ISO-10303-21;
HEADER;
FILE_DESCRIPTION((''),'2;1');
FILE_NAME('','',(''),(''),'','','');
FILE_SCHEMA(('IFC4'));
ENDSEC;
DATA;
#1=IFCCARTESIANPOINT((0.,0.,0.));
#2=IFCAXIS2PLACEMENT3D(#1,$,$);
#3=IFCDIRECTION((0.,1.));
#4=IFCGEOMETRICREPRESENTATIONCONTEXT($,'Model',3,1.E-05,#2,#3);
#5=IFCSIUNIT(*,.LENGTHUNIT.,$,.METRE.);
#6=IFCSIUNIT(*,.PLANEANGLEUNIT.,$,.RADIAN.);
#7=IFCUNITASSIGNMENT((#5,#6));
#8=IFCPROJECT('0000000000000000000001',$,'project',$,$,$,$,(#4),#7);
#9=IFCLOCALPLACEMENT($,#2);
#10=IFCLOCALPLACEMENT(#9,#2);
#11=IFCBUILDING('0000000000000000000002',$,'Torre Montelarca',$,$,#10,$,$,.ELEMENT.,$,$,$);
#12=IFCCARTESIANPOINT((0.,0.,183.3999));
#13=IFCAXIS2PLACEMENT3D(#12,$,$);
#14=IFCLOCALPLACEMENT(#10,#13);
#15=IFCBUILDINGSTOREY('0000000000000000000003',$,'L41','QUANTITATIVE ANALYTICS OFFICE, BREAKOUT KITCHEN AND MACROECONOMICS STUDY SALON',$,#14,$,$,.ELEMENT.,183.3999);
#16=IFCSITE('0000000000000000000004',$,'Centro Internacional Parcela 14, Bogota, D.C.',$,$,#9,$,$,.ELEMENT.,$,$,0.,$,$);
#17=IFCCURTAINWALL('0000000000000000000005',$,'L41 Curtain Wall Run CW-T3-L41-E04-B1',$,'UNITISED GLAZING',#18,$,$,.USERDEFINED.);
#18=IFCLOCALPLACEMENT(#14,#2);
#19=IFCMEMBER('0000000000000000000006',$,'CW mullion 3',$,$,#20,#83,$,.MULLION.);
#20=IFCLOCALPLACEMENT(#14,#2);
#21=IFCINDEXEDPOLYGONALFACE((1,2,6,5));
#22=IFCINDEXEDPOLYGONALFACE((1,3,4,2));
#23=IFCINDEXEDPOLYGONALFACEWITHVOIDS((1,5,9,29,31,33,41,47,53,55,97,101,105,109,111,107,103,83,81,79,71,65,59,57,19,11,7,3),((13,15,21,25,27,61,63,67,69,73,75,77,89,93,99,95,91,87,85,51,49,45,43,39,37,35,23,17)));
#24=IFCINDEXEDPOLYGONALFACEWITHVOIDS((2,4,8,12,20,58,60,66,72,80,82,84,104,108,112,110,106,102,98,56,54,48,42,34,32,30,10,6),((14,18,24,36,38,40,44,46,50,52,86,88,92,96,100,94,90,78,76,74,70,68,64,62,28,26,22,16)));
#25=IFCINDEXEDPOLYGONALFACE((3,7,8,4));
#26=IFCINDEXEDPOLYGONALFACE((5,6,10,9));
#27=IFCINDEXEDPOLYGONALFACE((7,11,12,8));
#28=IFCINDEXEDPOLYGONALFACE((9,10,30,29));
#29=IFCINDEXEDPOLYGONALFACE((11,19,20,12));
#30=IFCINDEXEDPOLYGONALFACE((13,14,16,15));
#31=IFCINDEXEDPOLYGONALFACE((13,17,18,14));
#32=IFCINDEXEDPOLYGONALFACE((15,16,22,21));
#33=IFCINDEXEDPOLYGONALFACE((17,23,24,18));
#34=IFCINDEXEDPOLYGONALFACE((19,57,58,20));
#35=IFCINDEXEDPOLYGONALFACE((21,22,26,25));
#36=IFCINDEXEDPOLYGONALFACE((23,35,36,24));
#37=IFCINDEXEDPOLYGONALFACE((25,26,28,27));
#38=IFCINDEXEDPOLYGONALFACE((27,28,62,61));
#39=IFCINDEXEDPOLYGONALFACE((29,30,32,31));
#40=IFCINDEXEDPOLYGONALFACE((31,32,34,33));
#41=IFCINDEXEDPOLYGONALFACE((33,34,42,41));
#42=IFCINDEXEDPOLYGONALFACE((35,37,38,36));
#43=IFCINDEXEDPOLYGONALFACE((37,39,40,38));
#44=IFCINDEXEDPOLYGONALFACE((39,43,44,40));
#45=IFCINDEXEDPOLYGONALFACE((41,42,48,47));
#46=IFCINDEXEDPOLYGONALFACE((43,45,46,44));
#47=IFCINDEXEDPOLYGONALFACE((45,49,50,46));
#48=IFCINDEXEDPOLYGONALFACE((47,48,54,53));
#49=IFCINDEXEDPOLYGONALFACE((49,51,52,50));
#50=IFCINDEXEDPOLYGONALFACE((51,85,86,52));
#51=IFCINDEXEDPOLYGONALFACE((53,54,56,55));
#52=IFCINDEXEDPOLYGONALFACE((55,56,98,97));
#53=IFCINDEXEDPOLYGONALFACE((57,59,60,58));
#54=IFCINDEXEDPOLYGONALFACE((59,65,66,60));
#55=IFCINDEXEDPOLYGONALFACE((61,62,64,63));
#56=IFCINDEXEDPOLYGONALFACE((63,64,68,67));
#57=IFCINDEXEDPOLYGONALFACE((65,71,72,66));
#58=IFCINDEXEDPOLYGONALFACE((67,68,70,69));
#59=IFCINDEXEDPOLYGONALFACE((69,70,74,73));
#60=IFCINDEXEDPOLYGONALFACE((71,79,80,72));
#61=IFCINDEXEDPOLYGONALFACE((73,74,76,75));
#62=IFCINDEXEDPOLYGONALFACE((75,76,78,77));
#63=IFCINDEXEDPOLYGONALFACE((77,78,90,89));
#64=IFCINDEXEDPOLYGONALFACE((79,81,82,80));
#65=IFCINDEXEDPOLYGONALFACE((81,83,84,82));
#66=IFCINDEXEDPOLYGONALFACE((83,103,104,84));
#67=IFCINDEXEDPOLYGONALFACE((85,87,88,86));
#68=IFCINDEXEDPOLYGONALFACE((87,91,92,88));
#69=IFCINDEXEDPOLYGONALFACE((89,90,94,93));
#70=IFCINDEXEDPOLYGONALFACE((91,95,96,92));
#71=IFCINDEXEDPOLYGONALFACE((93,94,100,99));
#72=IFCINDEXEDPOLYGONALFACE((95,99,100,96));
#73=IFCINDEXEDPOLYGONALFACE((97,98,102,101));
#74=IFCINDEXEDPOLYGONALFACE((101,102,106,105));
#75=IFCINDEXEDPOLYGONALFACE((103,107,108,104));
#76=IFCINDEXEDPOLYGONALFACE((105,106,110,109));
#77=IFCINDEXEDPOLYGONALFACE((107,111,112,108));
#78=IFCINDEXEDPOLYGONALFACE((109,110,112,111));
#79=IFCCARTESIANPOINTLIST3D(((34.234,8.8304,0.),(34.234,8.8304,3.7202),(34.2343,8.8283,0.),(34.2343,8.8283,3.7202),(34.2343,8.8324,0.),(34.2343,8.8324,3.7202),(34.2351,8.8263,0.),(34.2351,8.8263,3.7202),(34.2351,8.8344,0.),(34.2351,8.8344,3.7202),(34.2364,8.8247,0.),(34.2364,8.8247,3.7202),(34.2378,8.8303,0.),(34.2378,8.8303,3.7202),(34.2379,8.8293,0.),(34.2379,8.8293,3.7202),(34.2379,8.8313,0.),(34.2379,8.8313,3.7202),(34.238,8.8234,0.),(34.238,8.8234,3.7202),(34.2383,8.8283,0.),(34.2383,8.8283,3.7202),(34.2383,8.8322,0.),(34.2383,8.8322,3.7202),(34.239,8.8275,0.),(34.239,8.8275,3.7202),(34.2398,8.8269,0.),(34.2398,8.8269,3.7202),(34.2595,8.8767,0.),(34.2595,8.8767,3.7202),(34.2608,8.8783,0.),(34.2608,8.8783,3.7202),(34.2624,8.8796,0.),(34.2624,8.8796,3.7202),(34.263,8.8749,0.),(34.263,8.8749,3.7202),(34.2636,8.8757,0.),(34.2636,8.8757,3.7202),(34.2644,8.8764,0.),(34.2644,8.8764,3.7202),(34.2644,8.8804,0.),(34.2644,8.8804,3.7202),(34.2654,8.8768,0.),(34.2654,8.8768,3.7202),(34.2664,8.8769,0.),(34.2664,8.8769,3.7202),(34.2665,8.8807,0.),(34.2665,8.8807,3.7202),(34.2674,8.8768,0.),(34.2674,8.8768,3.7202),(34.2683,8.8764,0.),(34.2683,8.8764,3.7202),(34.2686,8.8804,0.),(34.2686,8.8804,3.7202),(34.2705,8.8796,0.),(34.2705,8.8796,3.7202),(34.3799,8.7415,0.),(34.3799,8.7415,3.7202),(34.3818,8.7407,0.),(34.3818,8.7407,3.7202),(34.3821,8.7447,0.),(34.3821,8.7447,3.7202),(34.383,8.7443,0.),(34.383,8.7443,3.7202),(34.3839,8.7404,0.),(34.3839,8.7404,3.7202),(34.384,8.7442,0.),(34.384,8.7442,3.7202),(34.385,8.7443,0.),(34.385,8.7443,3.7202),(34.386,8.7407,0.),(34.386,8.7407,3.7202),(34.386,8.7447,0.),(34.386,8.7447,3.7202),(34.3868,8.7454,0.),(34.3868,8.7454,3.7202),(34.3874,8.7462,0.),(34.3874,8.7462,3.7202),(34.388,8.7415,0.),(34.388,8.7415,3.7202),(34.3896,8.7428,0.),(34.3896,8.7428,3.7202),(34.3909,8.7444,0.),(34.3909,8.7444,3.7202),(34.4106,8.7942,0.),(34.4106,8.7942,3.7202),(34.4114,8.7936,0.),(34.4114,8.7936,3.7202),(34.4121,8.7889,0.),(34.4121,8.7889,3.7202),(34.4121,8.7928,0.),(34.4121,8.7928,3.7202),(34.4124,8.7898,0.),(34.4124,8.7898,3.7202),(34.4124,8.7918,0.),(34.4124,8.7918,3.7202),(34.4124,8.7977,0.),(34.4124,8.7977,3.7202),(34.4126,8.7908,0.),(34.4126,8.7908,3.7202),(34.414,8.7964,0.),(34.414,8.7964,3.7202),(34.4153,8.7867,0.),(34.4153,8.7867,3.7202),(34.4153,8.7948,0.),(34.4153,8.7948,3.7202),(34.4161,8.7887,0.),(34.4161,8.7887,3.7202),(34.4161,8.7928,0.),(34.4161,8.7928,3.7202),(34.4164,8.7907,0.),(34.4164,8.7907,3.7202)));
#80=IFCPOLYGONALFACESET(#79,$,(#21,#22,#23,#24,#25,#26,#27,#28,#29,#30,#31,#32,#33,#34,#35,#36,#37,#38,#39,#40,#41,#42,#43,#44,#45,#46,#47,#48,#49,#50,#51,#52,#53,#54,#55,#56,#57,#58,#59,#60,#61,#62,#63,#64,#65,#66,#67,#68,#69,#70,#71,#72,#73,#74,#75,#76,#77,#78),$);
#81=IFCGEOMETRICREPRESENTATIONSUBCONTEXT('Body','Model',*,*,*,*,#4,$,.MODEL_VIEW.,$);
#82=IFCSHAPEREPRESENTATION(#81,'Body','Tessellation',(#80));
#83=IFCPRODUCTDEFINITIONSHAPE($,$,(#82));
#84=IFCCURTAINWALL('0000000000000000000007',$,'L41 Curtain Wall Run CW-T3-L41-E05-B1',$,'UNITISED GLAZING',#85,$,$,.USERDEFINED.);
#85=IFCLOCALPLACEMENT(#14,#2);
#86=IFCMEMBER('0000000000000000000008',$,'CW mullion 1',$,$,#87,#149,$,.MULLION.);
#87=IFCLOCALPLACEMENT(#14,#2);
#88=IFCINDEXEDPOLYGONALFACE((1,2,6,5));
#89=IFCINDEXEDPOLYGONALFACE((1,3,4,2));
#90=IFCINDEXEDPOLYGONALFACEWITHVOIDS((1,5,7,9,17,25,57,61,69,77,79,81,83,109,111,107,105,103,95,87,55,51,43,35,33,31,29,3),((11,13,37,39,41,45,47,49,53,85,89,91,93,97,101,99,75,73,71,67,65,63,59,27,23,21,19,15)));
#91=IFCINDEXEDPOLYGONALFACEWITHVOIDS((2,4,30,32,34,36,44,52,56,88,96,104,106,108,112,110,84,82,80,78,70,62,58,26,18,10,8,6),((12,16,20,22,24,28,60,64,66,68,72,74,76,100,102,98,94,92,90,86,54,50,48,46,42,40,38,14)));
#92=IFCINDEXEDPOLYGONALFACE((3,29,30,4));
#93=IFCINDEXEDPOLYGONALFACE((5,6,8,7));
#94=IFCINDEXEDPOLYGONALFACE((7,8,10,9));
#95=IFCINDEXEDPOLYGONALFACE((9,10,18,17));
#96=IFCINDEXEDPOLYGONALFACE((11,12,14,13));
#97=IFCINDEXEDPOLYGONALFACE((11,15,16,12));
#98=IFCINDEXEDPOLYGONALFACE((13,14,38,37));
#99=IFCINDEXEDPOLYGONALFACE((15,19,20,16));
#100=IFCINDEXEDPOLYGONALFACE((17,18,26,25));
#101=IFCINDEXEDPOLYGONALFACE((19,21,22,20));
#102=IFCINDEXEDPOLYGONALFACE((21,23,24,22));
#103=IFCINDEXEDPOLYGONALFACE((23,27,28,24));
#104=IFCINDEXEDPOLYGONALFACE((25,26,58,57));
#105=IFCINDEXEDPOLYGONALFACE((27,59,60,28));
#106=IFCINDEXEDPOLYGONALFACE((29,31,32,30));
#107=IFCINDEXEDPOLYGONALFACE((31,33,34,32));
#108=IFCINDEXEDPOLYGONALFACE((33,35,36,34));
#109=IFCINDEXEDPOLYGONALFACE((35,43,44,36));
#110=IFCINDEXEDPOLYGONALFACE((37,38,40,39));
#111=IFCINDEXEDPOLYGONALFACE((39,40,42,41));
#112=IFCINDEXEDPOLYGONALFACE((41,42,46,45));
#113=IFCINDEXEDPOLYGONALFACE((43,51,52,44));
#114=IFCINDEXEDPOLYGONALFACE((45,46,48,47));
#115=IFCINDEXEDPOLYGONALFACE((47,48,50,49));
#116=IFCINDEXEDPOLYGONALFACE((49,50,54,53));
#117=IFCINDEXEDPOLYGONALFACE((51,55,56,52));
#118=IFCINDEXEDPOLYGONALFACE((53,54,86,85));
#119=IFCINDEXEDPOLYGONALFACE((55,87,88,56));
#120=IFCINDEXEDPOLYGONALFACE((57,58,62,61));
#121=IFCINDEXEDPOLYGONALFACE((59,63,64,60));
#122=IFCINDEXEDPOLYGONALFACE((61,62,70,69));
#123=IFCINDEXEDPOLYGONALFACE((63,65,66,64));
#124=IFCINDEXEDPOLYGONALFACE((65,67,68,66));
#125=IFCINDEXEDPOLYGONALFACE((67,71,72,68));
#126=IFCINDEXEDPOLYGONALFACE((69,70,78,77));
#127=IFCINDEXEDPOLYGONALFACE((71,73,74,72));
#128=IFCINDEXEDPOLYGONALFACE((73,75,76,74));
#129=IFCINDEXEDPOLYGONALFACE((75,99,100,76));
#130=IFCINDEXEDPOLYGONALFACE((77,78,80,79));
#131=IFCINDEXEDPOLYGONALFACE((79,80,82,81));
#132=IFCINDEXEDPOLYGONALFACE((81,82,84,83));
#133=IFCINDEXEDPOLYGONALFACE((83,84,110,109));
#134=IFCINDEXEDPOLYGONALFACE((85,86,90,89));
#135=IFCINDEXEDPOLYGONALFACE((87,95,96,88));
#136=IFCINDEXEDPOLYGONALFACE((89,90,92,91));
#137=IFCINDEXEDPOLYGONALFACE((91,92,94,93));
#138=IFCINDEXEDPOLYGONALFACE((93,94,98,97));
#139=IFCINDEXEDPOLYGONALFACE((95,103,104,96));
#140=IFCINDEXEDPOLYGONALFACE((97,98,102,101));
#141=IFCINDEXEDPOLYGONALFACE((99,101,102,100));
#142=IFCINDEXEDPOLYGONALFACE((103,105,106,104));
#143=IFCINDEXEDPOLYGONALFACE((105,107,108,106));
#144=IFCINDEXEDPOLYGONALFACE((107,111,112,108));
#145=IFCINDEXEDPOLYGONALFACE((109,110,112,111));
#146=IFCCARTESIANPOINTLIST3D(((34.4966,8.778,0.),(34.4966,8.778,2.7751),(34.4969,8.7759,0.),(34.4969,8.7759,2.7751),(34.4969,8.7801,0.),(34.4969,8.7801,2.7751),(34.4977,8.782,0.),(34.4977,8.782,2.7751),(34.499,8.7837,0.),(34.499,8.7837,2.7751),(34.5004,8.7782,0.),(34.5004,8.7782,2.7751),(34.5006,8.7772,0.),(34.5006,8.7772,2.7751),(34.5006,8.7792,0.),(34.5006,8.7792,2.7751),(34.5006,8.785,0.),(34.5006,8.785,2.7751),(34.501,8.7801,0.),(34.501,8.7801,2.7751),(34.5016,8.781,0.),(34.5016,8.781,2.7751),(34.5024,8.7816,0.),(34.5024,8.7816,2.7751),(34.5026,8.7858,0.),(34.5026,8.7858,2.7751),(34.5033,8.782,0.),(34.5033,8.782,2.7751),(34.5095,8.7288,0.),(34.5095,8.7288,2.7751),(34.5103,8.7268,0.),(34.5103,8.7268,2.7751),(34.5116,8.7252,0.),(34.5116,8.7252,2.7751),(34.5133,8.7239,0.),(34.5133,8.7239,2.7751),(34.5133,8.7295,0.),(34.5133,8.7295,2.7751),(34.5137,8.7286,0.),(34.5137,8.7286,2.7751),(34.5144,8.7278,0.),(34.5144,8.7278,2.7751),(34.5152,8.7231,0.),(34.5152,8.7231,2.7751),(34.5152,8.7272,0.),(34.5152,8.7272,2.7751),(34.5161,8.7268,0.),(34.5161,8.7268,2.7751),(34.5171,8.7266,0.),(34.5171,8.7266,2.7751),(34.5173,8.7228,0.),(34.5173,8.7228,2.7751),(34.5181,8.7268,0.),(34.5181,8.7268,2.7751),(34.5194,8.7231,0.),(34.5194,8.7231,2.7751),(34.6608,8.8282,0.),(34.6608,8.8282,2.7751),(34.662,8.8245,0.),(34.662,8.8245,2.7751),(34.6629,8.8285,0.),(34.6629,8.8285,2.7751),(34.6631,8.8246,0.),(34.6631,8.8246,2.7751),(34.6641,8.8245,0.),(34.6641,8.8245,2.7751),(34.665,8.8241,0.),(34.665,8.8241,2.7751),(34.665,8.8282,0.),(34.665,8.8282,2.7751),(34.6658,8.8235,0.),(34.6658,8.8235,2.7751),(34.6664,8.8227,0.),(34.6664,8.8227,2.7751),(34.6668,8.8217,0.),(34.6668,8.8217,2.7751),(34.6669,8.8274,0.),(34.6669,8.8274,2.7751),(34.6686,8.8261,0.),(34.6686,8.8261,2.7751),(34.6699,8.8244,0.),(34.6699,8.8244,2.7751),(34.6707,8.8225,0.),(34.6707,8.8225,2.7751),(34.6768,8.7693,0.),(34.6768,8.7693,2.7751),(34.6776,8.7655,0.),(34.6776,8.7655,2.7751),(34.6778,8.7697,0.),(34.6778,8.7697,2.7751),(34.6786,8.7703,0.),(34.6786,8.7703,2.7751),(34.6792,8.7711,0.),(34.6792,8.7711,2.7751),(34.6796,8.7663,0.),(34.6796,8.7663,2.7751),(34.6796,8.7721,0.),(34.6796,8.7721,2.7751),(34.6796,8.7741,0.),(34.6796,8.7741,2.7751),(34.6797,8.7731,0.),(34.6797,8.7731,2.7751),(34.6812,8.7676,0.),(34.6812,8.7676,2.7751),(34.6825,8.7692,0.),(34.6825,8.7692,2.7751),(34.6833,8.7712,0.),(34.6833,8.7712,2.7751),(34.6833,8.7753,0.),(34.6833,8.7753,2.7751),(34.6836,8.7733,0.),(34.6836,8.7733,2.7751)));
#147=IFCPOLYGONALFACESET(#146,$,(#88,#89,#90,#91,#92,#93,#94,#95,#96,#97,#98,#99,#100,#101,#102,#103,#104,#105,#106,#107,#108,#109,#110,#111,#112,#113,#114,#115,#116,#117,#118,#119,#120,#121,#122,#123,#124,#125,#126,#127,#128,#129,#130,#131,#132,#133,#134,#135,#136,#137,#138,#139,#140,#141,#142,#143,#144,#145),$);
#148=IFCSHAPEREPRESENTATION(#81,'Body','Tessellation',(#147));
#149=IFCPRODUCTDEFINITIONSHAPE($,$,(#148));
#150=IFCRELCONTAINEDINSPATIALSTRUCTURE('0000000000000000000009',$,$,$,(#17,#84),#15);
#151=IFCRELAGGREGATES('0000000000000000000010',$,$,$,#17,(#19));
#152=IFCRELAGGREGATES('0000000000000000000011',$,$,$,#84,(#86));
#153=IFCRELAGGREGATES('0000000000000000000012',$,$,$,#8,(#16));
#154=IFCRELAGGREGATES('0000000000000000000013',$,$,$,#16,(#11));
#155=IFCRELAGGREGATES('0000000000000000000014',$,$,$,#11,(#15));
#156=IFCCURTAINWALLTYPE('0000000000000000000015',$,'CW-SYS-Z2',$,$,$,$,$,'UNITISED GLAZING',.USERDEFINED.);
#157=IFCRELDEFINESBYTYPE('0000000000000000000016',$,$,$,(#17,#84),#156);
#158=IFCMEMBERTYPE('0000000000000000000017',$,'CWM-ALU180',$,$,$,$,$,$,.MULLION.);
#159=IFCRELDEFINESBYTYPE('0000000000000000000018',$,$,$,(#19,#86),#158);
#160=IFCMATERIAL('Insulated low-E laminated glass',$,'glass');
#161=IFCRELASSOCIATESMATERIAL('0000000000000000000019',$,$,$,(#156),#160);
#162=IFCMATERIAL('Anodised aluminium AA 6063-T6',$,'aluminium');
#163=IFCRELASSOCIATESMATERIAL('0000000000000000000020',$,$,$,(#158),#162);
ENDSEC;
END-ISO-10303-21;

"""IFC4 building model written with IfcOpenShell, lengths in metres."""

from ifc_helpers import new_model, si_unit, direction, frame, origin, origin_2d, place, context, subcontext, project, spatial, hollow_rectangle, extrude, source, transform, mapped, material, material_profile, profile_set, type_object, element, aggregate, save


model = new_model("IFC4")

# Units and contexts
model_context = context("Model", 3, precision=1e-05, world=origin(), true_north=direction((0.0, 1.0)))
body_context = subcontext(model_context, "Body", "Model", "MODEL_VIEW")
ifc_project = project(units=[si_unit("LENGTHUNIT", "METRE"), si_unit("PLANEANGLEUNIT", "RADIAN")], contexts=[model_context])

# Site, building, storey
site_placement = place(None, origin())
site = spatial("IfcSite", under=ifc_project, at=site_placement, Name="Centro Internacional Parcela 14, Bogota, D.C.", CompositionType="ELEMENT", RefElevation=0.0)
building_placement = place(site_placement, origin())
building = spatial("IfcBuilding", under=site, at=building_placement, Name="Torre Montelarca", CompositionType="ELEMENT")
storey_placement = place(building_placement, frame((0.0, 0.0, 183.3999)))
storey = spatial("IfcBuildingStorey", under=building, at=storey_placement, Name="L41", Description="QUANTITATIVE ANALYTICS OFFICE, BREAKOUT KITCHEN AND MACROECONOMICS STUDY SALON", CompositionType="ELEMENT", Elevation=183.3999)

# Curtain walls, members
ifc_material_1 = material(Name="Insulated low-E laminated glass", Category="glass")
curtain_wall_type = type_object("IfcCurtainWallType", Name="CW-SYS-Z2", ElementType="UNITISED GLAZING", PredefinedType="USERDEFINED", material=ifc_material_1)
ifc_material_2 = material(Name="Anodised aluminium AA 6063-T6", Category="aluminium")
ifc_material_profile_1 = material_profile(ifc_material_2, hollow_rectangle(XDim=0.0649, YDim=0.1799, WallThickness=0.0039, InnerFilletRadius=0.0039, OuterFilletRadius=0.0081, at=origin_2d()), Name="ALU65X180X4", Category="aluminium")
ifc_profile_set_1 = profile_set([ifc_material_profile_1], Name="Anodised aluminium AA 6063-T6")
member_type_1 = type_object("IfcMemberType", Name="CWM-ALU180", PredefinedType="MULLION", material=ifc_profile_set_1)
shared_shape_1 = source(origin(), body_context, "Body", "SweptSolid", [
    extrude(hollow_rectangle(XDim=0.0649, YDim=0.1799, WallThickness=0.0039, InnerFilletRadius=0.0039, OuterFilletRadius=0.0081, at=origin_2d()), origin(), (0.0, 0.0, 1.0), 3.7202),
])
curtain_wall_1_placement = place(storey_placement, origin())
curtain_wall_1 = element("IfcCurtainWall", 1, at=curtain_wall_1_placement, inside=storey, type_object=curtain_wall_type, Name="L41 Curtain Wall Run CW-T3-L41-E04-B1", ObjectType="UNITISED GLAZING", PredefinedType="USERDEFINED")
member_1_placement = place(storey_placement, frame((34.3252, 8.8105, 0.0), z_axis=(0.0, 0.0, 1.0), x_axis=(0.499995, 0.866028, 0.0)))
member_1 = element("IfcMember", 2, at=member_1_placement, type_object=member_type_1, Name="CW mullion 3", PredefinedType="MULLION", context=body_context, shape_type="MappedRepresentation", body=[
    mapped(shared_shape_1, transform((0.0, 0.0, 0.0), scale=1.0)),
])
curtain_wall_2_placement = place(storey_placement, origin())
curtain_wall_2 = element("IfcCurtainWall", 3, at=curtain_wall_2_placement, inside=storey, type_object=curtain_wall_type, Name="L41 Curtain Wall Run CW-T3-L41-E05-B1", ObjectType="UNITISED GLAZING", PredefinedType="USERDEFINED")
shared_shape_2 = source(origin(), body_context, "Body", "SweptSolid", [
    extrude(hollow_rectangle(XDim=0.0649, YDim=0.1799, WallThickness=0.0039, InnerFilletRadius=0.0039, OuterFilletRadius=0.0081, at=origin_2d()), origin(), (0.0, 0.0, 1.0), 2.7751),
])
member_2_placement = place(storey_placement, frame((34.5901, 8.7756, 0.0), z_axis=(0.0, 0.0, 1.0), x_axis=(-0.258839, 0.965921, 0.0)))
member_2 = element("IfcMember", 4, at=member_2_placement, type_object=member_type_1, Name="CW mullion 1", PredefinedType="MULLION", context=body_context, shape_type="MappedRepresentation", body=[
    mapped(shared_shape_2, transform((0.0, 0.0, 0.0), scale=1.0)),
])

aggregate(curtain_wall_1, [member_1])
aggregate(curtain_wall_2, [member_2])

save(model, "model.ifc")
